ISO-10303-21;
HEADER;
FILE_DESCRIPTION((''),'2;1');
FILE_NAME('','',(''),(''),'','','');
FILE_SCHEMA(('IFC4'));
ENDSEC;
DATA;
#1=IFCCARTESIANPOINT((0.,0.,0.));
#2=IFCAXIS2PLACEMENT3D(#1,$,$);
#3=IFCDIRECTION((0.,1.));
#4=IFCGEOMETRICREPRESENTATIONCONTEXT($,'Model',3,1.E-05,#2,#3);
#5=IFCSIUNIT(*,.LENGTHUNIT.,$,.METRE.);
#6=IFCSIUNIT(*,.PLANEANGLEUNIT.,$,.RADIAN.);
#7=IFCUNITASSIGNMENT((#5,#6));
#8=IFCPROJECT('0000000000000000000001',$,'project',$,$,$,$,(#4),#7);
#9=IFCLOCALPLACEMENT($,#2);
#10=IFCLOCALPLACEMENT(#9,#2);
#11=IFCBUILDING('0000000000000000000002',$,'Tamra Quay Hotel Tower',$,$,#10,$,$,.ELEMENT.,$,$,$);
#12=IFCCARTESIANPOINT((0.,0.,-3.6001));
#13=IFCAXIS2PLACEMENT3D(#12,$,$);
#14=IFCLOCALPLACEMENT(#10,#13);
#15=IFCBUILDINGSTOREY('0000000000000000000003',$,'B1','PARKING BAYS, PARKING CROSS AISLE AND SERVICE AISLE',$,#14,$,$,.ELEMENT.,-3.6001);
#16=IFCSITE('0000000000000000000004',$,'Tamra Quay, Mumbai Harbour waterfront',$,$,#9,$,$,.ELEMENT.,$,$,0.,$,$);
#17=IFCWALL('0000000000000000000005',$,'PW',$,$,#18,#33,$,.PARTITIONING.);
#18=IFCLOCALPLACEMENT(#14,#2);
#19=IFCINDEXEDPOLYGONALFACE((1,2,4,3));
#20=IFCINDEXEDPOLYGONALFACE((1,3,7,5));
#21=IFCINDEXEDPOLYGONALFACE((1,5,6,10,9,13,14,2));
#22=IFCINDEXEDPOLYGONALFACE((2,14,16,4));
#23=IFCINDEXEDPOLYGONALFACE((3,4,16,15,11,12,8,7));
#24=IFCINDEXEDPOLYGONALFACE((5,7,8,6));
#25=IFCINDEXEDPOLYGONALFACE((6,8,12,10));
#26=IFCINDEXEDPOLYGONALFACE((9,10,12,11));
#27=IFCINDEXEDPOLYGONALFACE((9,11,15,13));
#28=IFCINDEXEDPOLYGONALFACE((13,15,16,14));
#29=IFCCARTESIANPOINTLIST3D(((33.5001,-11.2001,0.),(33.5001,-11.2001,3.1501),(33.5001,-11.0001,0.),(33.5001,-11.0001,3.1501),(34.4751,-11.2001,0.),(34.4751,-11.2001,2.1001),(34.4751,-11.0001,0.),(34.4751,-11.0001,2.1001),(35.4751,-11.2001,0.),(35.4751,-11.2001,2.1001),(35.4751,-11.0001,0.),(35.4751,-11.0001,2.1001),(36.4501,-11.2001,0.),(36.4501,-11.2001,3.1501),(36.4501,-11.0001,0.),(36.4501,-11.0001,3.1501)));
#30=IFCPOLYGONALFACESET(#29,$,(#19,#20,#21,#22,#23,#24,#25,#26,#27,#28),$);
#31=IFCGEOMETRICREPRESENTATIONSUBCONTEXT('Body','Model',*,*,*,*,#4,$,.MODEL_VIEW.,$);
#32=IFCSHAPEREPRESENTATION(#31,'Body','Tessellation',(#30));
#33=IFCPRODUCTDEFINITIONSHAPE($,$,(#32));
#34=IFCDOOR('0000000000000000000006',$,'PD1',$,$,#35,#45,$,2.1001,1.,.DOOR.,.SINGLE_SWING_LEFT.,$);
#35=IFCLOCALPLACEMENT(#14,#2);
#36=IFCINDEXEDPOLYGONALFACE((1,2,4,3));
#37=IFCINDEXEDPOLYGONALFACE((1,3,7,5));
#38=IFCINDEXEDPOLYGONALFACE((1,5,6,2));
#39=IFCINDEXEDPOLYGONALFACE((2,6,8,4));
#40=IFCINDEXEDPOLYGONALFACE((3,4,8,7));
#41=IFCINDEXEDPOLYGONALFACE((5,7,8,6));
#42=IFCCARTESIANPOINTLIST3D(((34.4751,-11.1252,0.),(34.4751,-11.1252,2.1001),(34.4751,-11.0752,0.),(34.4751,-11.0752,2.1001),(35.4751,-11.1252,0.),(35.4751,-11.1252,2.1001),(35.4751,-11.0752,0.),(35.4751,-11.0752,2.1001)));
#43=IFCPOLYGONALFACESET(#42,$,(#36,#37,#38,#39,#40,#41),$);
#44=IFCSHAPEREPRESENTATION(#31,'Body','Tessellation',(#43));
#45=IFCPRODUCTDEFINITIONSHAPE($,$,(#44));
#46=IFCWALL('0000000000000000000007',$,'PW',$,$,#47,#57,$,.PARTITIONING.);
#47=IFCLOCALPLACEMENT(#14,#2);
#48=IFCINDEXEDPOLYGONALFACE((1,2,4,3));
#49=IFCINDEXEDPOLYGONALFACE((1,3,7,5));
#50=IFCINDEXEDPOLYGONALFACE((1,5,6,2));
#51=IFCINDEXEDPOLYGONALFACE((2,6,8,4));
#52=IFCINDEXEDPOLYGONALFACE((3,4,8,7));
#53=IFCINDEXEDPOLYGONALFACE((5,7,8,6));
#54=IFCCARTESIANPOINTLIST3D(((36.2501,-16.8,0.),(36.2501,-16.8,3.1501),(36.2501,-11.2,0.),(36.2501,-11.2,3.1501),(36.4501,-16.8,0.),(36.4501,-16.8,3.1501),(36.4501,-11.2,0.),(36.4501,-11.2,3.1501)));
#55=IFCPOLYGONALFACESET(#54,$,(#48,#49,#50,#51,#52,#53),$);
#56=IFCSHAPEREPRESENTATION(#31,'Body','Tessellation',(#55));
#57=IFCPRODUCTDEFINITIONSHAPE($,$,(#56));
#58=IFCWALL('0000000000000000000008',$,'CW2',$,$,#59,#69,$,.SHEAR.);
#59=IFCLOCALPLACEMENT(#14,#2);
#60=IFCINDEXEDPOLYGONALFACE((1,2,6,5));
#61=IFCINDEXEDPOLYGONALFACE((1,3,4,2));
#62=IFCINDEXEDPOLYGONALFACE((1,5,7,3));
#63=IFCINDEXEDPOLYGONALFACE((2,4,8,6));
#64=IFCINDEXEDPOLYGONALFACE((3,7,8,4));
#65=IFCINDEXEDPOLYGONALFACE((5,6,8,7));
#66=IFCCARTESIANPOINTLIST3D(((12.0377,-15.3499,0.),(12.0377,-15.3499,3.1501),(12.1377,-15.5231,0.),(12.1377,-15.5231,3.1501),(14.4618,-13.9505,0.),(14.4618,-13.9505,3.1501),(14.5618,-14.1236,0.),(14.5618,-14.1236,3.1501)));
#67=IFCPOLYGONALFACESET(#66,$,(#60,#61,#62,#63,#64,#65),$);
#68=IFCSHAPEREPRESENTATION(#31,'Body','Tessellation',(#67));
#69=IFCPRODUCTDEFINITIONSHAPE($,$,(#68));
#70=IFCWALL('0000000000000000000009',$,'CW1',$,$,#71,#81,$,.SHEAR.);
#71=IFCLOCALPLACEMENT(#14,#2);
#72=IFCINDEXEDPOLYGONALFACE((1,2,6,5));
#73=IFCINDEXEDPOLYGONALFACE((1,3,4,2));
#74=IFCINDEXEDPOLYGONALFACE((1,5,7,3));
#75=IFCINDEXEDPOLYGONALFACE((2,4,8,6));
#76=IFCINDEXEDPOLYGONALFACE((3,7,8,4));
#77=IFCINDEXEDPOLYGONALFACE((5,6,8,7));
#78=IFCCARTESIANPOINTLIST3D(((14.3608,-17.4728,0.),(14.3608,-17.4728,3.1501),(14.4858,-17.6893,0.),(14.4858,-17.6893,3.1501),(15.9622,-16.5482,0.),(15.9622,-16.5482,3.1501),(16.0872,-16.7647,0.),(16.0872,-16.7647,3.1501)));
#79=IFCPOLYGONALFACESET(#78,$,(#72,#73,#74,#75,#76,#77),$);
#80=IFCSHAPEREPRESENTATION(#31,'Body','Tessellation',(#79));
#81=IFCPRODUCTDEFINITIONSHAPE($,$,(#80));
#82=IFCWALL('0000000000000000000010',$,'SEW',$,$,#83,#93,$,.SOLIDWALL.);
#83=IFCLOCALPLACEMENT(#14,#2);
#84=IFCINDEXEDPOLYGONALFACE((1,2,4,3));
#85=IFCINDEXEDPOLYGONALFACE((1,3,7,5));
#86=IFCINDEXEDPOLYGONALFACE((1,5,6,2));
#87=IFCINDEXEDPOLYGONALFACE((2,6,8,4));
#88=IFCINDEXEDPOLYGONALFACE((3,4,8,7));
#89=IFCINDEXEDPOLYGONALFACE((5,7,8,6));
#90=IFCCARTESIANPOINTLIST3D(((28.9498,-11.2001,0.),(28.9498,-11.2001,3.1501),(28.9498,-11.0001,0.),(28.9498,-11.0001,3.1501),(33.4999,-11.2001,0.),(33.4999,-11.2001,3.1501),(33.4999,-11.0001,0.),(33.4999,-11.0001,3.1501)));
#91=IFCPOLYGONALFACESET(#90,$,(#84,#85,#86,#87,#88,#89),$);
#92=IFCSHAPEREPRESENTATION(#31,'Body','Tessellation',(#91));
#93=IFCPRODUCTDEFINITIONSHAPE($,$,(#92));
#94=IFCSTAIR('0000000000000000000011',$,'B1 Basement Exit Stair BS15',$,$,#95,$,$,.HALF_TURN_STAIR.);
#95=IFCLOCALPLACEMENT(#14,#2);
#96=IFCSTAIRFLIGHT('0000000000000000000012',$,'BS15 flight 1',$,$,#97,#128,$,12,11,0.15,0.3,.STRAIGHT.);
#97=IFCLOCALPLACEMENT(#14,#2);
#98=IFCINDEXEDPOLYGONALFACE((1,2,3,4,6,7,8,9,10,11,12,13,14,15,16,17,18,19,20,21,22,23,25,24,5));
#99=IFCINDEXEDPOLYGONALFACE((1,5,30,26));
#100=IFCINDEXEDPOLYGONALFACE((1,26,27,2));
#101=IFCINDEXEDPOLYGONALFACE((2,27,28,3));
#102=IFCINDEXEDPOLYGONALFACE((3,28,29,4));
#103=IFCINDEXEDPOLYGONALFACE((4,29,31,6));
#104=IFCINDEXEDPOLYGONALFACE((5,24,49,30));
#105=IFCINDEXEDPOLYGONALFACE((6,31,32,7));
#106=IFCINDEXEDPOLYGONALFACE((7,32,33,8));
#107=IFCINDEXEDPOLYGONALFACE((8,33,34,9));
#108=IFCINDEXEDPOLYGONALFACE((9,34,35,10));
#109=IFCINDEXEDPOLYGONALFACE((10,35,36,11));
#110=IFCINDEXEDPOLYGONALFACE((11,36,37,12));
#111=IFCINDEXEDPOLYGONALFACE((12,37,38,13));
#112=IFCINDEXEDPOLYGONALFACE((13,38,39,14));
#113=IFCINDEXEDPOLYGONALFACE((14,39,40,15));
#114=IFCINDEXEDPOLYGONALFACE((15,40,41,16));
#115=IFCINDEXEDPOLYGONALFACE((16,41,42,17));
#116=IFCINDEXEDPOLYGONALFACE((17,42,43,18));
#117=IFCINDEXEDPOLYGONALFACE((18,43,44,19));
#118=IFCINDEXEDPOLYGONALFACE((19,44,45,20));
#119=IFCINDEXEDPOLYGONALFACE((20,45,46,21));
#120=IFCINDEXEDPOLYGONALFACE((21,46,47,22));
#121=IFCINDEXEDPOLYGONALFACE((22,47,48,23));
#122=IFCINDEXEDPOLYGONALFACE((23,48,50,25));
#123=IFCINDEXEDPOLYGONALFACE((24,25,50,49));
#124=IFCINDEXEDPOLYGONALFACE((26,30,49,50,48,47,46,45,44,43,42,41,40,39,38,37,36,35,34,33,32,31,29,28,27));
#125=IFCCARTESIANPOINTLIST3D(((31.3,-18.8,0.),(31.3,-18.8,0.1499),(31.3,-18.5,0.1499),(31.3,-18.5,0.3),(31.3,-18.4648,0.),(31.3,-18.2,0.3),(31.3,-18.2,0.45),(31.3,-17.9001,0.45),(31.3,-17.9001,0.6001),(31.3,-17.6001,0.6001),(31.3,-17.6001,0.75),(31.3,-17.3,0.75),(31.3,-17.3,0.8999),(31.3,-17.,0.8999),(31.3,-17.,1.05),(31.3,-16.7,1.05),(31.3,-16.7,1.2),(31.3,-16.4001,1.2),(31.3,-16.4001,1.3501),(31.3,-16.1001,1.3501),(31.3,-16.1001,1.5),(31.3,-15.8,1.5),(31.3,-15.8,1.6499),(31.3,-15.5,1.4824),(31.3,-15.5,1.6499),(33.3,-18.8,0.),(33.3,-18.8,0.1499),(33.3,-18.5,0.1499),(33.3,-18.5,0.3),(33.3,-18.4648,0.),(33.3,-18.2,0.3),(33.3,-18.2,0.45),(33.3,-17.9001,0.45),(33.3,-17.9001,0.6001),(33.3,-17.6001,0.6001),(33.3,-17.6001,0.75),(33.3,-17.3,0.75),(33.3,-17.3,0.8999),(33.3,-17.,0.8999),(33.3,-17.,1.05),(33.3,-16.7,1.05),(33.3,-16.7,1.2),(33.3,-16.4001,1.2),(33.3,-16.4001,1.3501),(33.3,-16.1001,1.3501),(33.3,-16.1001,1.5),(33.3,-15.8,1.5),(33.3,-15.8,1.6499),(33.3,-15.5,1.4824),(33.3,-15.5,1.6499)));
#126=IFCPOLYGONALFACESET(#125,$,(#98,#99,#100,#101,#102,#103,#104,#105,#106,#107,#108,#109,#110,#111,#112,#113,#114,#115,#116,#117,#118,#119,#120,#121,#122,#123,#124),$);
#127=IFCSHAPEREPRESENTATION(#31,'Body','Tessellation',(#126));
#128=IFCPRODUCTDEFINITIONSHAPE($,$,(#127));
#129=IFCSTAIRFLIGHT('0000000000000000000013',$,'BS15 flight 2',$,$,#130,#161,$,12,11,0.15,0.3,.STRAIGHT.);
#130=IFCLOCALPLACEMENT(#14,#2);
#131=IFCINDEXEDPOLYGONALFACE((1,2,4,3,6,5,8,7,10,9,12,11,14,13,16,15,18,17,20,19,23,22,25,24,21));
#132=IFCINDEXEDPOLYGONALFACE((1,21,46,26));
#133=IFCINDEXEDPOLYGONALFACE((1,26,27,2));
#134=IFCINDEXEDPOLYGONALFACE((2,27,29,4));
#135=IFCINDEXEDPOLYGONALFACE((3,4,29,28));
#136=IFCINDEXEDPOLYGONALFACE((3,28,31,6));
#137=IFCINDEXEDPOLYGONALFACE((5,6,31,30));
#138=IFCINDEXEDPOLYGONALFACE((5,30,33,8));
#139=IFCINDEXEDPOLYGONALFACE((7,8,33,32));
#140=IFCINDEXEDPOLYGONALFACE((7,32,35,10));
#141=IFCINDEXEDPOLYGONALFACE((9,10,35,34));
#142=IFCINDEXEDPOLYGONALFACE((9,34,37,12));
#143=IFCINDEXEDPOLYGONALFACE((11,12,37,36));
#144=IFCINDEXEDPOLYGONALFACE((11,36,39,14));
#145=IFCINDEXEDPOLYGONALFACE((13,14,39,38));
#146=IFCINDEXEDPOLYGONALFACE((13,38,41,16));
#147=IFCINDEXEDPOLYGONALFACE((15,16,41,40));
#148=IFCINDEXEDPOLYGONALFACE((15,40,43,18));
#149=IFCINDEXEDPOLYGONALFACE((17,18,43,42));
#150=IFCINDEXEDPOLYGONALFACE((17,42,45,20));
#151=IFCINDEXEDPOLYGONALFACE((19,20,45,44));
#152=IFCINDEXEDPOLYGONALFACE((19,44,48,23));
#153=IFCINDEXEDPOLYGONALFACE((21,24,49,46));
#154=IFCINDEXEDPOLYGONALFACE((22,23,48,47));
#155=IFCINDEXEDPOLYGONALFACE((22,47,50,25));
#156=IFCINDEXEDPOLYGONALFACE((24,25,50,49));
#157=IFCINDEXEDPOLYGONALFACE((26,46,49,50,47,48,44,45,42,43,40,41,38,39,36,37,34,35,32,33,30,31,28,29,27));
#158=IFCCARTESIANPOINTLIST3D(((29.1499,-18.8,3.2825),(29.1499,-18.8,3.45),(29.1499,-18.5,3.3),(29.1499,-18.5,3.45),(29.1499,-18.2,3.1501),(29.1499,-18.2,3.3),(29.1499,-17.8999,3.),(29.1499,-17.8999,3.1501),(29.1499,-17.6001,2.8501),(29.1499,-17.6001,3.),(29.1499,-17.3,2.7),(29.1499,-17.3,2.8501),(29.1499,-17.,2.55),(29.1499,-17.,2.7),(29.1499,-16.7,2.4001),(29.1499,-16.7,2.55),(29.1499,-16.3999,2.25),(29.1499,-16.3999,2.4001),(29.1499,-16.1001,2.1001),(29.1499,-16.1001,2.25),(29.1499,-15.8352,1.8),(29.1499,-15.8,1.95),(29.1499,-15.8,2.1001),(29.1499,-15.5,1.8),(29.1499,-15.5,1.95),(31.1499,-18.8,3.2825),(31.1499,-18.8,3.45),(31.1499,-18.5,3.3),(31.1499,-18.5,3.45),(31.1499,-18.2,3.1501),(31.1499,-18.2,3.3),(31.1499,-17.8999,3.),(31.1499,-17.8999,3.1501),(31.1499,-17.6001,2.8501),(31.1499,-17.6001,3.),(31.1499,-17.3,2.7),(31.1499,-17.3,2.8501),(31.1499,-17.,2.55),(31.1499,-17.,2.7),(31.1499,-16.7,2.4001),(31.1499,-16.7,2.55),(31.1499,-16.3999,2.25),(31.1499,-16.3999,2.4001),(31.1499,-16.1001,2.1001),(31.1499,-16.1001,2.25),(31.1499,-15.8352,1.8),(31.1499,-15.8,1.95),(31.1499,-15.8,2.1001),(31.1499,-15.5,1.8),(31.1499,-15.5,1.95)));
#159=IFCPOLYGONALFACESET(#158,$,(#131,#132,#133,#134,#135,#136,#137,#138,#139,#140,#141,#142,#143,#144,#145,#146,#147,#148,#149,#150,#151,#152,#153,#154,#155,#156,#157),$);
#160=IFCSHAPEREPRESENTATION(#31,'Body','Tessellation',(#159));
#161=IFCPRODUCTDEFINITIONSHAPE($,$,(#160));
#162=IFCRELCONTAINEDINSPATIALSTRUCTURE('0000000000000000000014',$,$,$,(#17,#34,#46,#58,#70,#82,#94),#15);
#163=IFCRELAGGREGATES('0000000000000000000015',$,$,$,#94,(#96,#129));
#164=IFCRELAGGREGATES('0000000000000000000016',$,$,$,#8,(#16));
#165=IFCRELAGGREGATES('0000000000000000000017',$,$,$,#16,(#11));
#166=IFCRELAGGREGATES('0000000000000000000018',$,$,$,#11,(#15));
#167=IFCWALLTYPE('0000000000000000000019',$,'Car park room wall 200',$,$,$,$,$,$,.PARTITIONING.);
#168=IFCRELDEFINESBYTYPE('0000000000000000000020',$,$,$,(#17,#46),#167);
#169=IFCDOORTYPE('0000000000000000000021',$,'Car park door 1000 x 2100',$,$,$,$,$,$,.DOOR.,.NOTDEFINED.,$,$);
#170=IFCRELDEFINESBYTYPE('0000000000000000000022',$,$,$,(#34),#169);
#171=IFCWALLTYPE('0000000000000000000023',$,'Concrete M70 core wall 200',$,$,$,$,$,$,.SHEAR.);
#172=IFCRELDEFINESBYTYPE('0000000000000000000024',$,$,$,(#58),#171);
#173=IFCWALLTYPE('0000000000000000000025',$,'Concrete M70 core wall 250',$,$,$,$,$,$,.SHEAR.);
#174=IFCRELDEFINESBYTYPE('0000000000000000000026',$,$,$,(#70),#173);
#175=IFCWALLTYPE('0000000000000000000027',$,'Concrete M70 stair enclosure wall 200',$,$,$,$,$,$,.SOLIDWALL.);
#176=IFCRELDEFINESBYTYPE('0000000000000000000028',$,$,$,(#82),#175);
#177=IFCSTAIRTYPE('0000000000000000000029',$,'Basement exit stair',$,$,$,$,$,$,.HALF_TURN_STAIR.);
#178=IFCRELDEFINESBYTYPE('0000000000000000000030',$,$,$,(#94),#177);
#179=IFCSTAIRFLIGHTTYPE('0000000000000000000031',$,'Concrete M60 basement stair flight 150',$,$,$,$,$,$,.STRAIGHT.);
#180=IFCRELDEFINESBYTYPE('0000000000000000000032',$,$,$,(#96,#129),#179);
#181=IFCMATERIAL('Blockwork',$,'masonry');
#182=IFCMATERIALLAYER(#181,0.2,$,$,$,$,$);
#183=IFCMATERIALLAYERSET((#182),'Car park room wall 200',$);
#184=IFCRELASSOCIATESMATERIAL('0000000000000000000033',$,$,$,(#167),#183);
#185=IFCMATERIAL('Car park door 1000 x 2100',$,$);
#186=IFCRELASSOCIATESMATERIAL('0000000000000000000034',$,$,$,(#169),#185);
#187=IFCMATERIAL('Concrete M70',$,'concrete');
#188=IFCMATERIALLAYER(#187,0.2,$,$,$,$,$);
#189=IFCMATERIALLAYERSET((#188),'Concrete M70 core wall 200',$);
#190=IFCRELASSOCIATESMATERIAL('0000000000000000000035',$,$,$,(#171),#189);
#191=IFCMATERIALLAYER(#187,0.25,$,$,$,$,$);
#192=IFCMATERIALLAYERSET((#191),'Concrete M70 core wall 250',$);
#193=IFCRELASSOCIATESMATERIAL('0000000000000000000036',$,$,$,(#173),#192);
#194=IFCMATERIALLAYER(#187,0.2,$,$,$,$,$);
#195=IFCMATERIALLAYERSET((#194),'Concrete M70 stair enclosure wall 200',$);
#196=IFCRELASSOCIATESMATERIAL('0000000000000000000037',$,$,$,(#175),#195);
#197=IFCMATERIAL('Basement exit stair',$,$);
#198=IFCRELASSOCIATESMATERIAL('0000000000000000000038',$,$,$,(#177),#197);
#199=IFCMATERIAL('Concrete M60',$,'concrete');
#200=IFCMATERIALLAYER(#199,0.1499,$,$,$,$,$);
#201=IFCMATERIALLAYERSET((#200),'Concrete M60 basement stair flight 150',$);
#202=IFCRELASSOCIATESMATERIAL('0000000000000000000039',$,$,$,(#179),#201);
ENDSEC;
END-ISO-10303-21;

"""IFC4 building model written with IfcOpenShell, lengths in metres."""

from ifc_helpers import new_model, si_unit, direction, frame, frame_2d, origin, place, context, subcontext, project, spatial, polyline, rectangle, outline, extrude, material, layer, layer_set, type_object, element, fill, aggregate, save


model = new_model("IFC4")

# Units and contexts
model_context = context("Model", 3, precision=1e-05, world=origin(), true_north=direction((0.0, 1.0)))
body_context = subcontext(model_context, "Body", "Model", "MODEL_VIEW")
ifc_project = project(units=[si_unit("LENGTHUNIT", "METRE"), si_unit("PLANEANGLEUNIT", "RADIAN")], contexts=[model_context])

# Site, building, storey
site_placement = place(None, origin())
site = spatial("IfcSite", under=ifc_project, at=site_placement, Name="Tamra Quay, Mumbai Harbour waterfront", CompositionType="ELEMENT", RefElevation=0.0)
building_placement = place(site_placement, origin())
building = spatial("IfcBuilding", under=site, at=building_placement, Name="Tamra Quay Hotel Tower", CompositionType="ELEMENT")
storey_placement = place(building_placement, frame((0.0, 0.0, -3.6001)))
storey = spatial("IfcBuildingStorey", under=building, at=storey_placement, Name="B1", Description="PARKING BAYS, PARKING CROSS AISLE AND SERVICE AISLE", CompositionType="ELEMENT", Elevation=-3.6001)

# Shared definitions
ifc_material_1 = material(Name="Concrete M70", Category="concrete")

# Shared definitions
ifc_material_2 = material(Name="Blockwork", Category="masonry")
ifc_layer_1 = layer(ifc_material_2, 0.2)
ifc_layer_set_1 = layer_set([ifc_layer_1], Name="Car park room wall 200")
wall_type_1 = type_object("IfcWallType", Name="Car park room wall 200", PredefinedType="PARTITIONING", material=ifc_layer_set_1)

# Shared definitions
ifc_material_3 = material(Name="Car park door 1000 x 2100")
door_type = type_object("IfcDoorType", Name="Car park door 1000 x 2100", OperationType="NOTDEFINED", PredefinedType="DOOR", material=ifc_material_3)

# Wall, opening, door
wall_1_placement = place(storey_placement, frame((33.5, -11.1001, 0.0), z_axis=(0.0, 0.0, 1.0), x_axis=(1.0, 0.0, 0.0)))
wall_1 = element("IfcWall", 1, at=wall_1_placement, inside=storey, type_object=wall_type_1, Name="PW", PredefinedType="PARTITIONING", context=body_context, shape_type="SweptSolid", body=[
    extrude(rectangle(XDim=2.95, YDim=0.2, at=frame_2d((1.4751, 0.0))), origin(), (0.0, 0.0, 1.0), 3.1501),
])
opening_1_placement = place(wall_1_placement, frame((0.9751, 0.0, 0.0)))
opening_1 = element("IfcOpeningElement", 2, at=opening_1_placement, cuts=wall_1, PredefinedType="OPENING", context=body_context, shape_type="SweptSolid", body=[
    extrude(rectangle(XDim=1.0, YDim=2.1001, at=frame_2d((0.5, 1.05))), frame((0.0, 0.1099, 0.0), z_axis=(0.0, -1.0, 0.0), x_axis=(1.0, 0.0, 0.0)), (0.0, 0.0, 1.0), 0.22),
])
door_1_placement = place(opening_1_placement, origin())
door_1 = element("IfcDoor", 3, at=door_1_placement, inside=storey, type_object=door_type, Name="PD1", OperationType="SINGLE_SWING_LEFT", OverallHeight=2.1001, OverallWidth=1.0, PredefinedType="DOOR", context=body_context, shape_type="SweptSolid", body=[
    extrude(rectangle(XDim=1.0, YDim=2.1001, at=frame_2d((0.5, 1.05))), frame((0.0, 0.0249, 0.0), z_axis=(0.0, -1.0, 0.0), x_axis=(1.0, 0.0, 0.0)), (0.0, 0.0, 1.0), 0.05),
])
fill(opening_1, door_1)

# Walls
wall_2_placement = place(storey_placement, frame((36.3501, -16.8, 0.0), z_axis=(0.0, 0.0, 1.0), x_axis=(0.0, 1.0, 0.0)))
element("IfcWall", 4, at=wall_2_placement, inside=storey, type_object=wall_type_1, Name="PW", PredefinedType="PARTITIONING", context=body_context, shape_type="SweptSolid", body=[
    extrude(rectangle(XDim=5.6001, YDim=0.2, at=frame_2d((2.8, 0.0))), origin(), (0.0, 0.0, 1.0), 3.1501),
])
ifc_layer_2 = layer(ifc_material_1, 0.2)
ifc_layer_set_2 = layer_set([ifc_layer_2], Name="Concrete M70 core wall 200")
wall_type_2 = type_object("IfcWallType", Name="Concrete M70 core wall 200", PredefinedType="SHEAR", material=ifc_layer_set_2)
wall_3_placement = place(storey_placement, frame((14.5117, -14.0371, 0.0), z_axis=(0.0, 0.0, 1.0), x_axis=(-0.866045, -0.499967, 0.0)))
element("IfcWall", 5, at=wall_3_placement, inside=storey, type_object=wall_type_2, Name="CW2", PredefinedType="SHEAR", context=body_context, shape_type="SweptSolid", body=[
    extrude(rectangle(XDim=2.7991, YDim=0.2, at=frame_2d((1.3994, 0.0))), origin(), (0.0, 0.0, 1.0), 3.1501),
])
ifc_layer_3 = layer(ifc_material_1, 0.25)
ifc_layer_set_3 = layer_set([ifc_layer_3], Name="Concrete M70 core wall 250")
wall_type_3 = type_object("IfcWallType", Name="Concrete M70 core wall 250", PredefinedType="SHEAR", material=ifc_layer_set_3)
wall_4_placement = place(storey_placement, frame((16.0247, -16.6565, 0.0), z_axis=(0.0, 0.0, 1.0), x_axis=(-0.866016, -0.500016, 0.0)))
element("IfcWall", 6, at=wall_4_placement, inside=storey, type_object=wall_type_3, Name="CW1", PredefinedType="SHEAR", context=body_context, shape_type="SweptSolid", body=[
    extrude(rectangle(XDim=1.8491, YDim=0.25, at=frame_2d((0.9246, 0.0))), origin(), (0.0, 0.0, 1.0), 3.1501),
])
ifc_layer_4 = layer(ifc_material_1, 0.2)
ifc_layer_set_4 = layer_set([ifc_layer_4], Name="Concrete M70 stair enclosure wall 200")
wall_type_4 = type_object("IfcWallType", Name="Concrete M70 stair enclosure wall 200", PredefinedType="SOLIDWALL", material=ifc_layer_set_4)
wall_5_placement = place(storey_placement, frame((28.95, -11.1001, 0.0), z_axis=(0.0, 0.0, 1.0), x_axis=(1.0, 0.0, 0.0)))
element("IfcWall", 7, at=wall_5_placement, inside=storey, type_object=wall_type_4, Name="SEW", PredefinedType="SOLIDWALL", context=body_context, shape_type="SweptSolid", body=[
    extrude(rectangle(XDim=4.55, YDim=0.2, at=frame_2d((2.2749, 0.0))), origin(), (0.0, 0.0, 1.0), 3.1501),
])

# Stair, stair flights
ifc_material_4 = material(Name="Basement exit stair")
stair_type = type_object("IfcStairType", Name="Basement exit stair", PredefinedType="HALF_TURN_STAIR", material=ifc_material_4)
stair_placement = place(storey_placement, origin())
stair = element("IfcStair", 8, at=stair_placement, inside=storey, type_object=stair_type, Name="B1 Basement Exit Stair BS15", PredefinedType="HALF_TURN_STAIR")
ifc_material_5 = material(Name="Concrete M60", Category="concrete")
ifc_layer_5 = layer(ifc_material_5, 0.1499)
ifc_layer_set_5 = layer_set([ifc_layer_5], Name="Concrete M60 basement stair flight 150")
stair_flight_type = type_object("IfcStairFlightType", Name="Concrete M60 basement stair flight 150", PredefinedType="STRAIGHT", material=ifc_layer_set_5)
stair_flight_1_placement = place(storey_placement, frame((32.3, -18.8, 0.0), z_axis=(0.0, 0.0, 1.0), x_axis=(0.0, 1.0, 0.0)))
stair_flight_1 = element("IfcStairFlight", 9, at=stair_flight_1_placement, type_object=stair_flight_type, Name="BS15 flight 1", NumberOfRisers=12, NumberOfTreads=11, PredefinedType="STRAIGHT", RiserHeight=0.15, TreadLength=0.3, context=body_context, shape_type="SweptSolid", body=[
    extrude(outline(polyline([(0.0, 0.0), (0.0, 0.1499), (0.3, 0.1499), (0.3, 0.3), (0.6001, 0.3), (0.6001, 0.45), (0.8999, 0.45), (0.8999, 0.6001), (1.2, 0.6001), (1.2, 0.75), (1.5, 0.75), (1.5, 0.8999), (1.8, 0.8999), (1.8, 1.05), (2.1001, 1.05), (2.1001, 1.2), (2.3999, 1.2), (2.3999, 1.3501), (2.7, 1.3501), (2.7, 1.5), (3.0, 1.5), (3.0, 1.6499), (3.3, 1.6499), (3.3, 1.8), (3.3, 1.4824), (0.3352, 0.0), (0.0, 0.0)])), frame((0.0, 1.0, 0.0), z_axis=(0.0, -1.0, 0.0), x_axis=(1.0, 0.0, 0.0)), (0.0, 0.0, 1.0), 2.0),
])
stair_flight_2_placement = place(storey_placement, frame((30.1499, -15.5, 1.8), z_axis=(0.0, 0.0, 1.0), x_axis=(0.0, -1.0, 0.0)))
stair_flight_2 = element("IfcStairFlight", 10, at=stair_flight_2_placement, type_object=stair_flight_type, Name="BS15 flight 2", NumberOfRisers=12, NumberOfTreads=11, PredefinedType="STRAIGHT", RiserHeight=0.15, TreadLength=0.3, context=body_context, shape_type="SweptSolid", body=[
    extrude(outline(polyline([(0.0, 0.0), (0.0, 0.1499), (0.3, 0.1499), (0.3, 0.3), (0.6001, 0.3), (0.6001, 0.45), (0.8999, 0.45), (0.8999, 0.6001), (1.2, 0.6001), (1.2, 0.75), (1.5, 0.75), (1.5, 0.8999), (1.8, 0.8999), (1.8, 1.05), (2.1001, 1.05), (2.1001, 1.2), (2.3999, 1.2), (2.3999, 1.3501), (2.7, 1.3501), (2.7, 1.5), (3.0, 1.5), (3.0, 1.6499), (3.3, 1.6499), (3.3, 1.8), (3.3, 1.4824), (0.3352, 0.0), (0.0, 0.0)])), frame((0.0, 1.0, 0.0), z_axis=(0.0, -1.0, 0.0), x_axis=(1.0, 0.0, 0.0)), (0.0, 0.0, 1.0), 2.0),
])
aggregate(stair, [stair_flight_1, stair_flight_2])

save(model, "model.ifc")
